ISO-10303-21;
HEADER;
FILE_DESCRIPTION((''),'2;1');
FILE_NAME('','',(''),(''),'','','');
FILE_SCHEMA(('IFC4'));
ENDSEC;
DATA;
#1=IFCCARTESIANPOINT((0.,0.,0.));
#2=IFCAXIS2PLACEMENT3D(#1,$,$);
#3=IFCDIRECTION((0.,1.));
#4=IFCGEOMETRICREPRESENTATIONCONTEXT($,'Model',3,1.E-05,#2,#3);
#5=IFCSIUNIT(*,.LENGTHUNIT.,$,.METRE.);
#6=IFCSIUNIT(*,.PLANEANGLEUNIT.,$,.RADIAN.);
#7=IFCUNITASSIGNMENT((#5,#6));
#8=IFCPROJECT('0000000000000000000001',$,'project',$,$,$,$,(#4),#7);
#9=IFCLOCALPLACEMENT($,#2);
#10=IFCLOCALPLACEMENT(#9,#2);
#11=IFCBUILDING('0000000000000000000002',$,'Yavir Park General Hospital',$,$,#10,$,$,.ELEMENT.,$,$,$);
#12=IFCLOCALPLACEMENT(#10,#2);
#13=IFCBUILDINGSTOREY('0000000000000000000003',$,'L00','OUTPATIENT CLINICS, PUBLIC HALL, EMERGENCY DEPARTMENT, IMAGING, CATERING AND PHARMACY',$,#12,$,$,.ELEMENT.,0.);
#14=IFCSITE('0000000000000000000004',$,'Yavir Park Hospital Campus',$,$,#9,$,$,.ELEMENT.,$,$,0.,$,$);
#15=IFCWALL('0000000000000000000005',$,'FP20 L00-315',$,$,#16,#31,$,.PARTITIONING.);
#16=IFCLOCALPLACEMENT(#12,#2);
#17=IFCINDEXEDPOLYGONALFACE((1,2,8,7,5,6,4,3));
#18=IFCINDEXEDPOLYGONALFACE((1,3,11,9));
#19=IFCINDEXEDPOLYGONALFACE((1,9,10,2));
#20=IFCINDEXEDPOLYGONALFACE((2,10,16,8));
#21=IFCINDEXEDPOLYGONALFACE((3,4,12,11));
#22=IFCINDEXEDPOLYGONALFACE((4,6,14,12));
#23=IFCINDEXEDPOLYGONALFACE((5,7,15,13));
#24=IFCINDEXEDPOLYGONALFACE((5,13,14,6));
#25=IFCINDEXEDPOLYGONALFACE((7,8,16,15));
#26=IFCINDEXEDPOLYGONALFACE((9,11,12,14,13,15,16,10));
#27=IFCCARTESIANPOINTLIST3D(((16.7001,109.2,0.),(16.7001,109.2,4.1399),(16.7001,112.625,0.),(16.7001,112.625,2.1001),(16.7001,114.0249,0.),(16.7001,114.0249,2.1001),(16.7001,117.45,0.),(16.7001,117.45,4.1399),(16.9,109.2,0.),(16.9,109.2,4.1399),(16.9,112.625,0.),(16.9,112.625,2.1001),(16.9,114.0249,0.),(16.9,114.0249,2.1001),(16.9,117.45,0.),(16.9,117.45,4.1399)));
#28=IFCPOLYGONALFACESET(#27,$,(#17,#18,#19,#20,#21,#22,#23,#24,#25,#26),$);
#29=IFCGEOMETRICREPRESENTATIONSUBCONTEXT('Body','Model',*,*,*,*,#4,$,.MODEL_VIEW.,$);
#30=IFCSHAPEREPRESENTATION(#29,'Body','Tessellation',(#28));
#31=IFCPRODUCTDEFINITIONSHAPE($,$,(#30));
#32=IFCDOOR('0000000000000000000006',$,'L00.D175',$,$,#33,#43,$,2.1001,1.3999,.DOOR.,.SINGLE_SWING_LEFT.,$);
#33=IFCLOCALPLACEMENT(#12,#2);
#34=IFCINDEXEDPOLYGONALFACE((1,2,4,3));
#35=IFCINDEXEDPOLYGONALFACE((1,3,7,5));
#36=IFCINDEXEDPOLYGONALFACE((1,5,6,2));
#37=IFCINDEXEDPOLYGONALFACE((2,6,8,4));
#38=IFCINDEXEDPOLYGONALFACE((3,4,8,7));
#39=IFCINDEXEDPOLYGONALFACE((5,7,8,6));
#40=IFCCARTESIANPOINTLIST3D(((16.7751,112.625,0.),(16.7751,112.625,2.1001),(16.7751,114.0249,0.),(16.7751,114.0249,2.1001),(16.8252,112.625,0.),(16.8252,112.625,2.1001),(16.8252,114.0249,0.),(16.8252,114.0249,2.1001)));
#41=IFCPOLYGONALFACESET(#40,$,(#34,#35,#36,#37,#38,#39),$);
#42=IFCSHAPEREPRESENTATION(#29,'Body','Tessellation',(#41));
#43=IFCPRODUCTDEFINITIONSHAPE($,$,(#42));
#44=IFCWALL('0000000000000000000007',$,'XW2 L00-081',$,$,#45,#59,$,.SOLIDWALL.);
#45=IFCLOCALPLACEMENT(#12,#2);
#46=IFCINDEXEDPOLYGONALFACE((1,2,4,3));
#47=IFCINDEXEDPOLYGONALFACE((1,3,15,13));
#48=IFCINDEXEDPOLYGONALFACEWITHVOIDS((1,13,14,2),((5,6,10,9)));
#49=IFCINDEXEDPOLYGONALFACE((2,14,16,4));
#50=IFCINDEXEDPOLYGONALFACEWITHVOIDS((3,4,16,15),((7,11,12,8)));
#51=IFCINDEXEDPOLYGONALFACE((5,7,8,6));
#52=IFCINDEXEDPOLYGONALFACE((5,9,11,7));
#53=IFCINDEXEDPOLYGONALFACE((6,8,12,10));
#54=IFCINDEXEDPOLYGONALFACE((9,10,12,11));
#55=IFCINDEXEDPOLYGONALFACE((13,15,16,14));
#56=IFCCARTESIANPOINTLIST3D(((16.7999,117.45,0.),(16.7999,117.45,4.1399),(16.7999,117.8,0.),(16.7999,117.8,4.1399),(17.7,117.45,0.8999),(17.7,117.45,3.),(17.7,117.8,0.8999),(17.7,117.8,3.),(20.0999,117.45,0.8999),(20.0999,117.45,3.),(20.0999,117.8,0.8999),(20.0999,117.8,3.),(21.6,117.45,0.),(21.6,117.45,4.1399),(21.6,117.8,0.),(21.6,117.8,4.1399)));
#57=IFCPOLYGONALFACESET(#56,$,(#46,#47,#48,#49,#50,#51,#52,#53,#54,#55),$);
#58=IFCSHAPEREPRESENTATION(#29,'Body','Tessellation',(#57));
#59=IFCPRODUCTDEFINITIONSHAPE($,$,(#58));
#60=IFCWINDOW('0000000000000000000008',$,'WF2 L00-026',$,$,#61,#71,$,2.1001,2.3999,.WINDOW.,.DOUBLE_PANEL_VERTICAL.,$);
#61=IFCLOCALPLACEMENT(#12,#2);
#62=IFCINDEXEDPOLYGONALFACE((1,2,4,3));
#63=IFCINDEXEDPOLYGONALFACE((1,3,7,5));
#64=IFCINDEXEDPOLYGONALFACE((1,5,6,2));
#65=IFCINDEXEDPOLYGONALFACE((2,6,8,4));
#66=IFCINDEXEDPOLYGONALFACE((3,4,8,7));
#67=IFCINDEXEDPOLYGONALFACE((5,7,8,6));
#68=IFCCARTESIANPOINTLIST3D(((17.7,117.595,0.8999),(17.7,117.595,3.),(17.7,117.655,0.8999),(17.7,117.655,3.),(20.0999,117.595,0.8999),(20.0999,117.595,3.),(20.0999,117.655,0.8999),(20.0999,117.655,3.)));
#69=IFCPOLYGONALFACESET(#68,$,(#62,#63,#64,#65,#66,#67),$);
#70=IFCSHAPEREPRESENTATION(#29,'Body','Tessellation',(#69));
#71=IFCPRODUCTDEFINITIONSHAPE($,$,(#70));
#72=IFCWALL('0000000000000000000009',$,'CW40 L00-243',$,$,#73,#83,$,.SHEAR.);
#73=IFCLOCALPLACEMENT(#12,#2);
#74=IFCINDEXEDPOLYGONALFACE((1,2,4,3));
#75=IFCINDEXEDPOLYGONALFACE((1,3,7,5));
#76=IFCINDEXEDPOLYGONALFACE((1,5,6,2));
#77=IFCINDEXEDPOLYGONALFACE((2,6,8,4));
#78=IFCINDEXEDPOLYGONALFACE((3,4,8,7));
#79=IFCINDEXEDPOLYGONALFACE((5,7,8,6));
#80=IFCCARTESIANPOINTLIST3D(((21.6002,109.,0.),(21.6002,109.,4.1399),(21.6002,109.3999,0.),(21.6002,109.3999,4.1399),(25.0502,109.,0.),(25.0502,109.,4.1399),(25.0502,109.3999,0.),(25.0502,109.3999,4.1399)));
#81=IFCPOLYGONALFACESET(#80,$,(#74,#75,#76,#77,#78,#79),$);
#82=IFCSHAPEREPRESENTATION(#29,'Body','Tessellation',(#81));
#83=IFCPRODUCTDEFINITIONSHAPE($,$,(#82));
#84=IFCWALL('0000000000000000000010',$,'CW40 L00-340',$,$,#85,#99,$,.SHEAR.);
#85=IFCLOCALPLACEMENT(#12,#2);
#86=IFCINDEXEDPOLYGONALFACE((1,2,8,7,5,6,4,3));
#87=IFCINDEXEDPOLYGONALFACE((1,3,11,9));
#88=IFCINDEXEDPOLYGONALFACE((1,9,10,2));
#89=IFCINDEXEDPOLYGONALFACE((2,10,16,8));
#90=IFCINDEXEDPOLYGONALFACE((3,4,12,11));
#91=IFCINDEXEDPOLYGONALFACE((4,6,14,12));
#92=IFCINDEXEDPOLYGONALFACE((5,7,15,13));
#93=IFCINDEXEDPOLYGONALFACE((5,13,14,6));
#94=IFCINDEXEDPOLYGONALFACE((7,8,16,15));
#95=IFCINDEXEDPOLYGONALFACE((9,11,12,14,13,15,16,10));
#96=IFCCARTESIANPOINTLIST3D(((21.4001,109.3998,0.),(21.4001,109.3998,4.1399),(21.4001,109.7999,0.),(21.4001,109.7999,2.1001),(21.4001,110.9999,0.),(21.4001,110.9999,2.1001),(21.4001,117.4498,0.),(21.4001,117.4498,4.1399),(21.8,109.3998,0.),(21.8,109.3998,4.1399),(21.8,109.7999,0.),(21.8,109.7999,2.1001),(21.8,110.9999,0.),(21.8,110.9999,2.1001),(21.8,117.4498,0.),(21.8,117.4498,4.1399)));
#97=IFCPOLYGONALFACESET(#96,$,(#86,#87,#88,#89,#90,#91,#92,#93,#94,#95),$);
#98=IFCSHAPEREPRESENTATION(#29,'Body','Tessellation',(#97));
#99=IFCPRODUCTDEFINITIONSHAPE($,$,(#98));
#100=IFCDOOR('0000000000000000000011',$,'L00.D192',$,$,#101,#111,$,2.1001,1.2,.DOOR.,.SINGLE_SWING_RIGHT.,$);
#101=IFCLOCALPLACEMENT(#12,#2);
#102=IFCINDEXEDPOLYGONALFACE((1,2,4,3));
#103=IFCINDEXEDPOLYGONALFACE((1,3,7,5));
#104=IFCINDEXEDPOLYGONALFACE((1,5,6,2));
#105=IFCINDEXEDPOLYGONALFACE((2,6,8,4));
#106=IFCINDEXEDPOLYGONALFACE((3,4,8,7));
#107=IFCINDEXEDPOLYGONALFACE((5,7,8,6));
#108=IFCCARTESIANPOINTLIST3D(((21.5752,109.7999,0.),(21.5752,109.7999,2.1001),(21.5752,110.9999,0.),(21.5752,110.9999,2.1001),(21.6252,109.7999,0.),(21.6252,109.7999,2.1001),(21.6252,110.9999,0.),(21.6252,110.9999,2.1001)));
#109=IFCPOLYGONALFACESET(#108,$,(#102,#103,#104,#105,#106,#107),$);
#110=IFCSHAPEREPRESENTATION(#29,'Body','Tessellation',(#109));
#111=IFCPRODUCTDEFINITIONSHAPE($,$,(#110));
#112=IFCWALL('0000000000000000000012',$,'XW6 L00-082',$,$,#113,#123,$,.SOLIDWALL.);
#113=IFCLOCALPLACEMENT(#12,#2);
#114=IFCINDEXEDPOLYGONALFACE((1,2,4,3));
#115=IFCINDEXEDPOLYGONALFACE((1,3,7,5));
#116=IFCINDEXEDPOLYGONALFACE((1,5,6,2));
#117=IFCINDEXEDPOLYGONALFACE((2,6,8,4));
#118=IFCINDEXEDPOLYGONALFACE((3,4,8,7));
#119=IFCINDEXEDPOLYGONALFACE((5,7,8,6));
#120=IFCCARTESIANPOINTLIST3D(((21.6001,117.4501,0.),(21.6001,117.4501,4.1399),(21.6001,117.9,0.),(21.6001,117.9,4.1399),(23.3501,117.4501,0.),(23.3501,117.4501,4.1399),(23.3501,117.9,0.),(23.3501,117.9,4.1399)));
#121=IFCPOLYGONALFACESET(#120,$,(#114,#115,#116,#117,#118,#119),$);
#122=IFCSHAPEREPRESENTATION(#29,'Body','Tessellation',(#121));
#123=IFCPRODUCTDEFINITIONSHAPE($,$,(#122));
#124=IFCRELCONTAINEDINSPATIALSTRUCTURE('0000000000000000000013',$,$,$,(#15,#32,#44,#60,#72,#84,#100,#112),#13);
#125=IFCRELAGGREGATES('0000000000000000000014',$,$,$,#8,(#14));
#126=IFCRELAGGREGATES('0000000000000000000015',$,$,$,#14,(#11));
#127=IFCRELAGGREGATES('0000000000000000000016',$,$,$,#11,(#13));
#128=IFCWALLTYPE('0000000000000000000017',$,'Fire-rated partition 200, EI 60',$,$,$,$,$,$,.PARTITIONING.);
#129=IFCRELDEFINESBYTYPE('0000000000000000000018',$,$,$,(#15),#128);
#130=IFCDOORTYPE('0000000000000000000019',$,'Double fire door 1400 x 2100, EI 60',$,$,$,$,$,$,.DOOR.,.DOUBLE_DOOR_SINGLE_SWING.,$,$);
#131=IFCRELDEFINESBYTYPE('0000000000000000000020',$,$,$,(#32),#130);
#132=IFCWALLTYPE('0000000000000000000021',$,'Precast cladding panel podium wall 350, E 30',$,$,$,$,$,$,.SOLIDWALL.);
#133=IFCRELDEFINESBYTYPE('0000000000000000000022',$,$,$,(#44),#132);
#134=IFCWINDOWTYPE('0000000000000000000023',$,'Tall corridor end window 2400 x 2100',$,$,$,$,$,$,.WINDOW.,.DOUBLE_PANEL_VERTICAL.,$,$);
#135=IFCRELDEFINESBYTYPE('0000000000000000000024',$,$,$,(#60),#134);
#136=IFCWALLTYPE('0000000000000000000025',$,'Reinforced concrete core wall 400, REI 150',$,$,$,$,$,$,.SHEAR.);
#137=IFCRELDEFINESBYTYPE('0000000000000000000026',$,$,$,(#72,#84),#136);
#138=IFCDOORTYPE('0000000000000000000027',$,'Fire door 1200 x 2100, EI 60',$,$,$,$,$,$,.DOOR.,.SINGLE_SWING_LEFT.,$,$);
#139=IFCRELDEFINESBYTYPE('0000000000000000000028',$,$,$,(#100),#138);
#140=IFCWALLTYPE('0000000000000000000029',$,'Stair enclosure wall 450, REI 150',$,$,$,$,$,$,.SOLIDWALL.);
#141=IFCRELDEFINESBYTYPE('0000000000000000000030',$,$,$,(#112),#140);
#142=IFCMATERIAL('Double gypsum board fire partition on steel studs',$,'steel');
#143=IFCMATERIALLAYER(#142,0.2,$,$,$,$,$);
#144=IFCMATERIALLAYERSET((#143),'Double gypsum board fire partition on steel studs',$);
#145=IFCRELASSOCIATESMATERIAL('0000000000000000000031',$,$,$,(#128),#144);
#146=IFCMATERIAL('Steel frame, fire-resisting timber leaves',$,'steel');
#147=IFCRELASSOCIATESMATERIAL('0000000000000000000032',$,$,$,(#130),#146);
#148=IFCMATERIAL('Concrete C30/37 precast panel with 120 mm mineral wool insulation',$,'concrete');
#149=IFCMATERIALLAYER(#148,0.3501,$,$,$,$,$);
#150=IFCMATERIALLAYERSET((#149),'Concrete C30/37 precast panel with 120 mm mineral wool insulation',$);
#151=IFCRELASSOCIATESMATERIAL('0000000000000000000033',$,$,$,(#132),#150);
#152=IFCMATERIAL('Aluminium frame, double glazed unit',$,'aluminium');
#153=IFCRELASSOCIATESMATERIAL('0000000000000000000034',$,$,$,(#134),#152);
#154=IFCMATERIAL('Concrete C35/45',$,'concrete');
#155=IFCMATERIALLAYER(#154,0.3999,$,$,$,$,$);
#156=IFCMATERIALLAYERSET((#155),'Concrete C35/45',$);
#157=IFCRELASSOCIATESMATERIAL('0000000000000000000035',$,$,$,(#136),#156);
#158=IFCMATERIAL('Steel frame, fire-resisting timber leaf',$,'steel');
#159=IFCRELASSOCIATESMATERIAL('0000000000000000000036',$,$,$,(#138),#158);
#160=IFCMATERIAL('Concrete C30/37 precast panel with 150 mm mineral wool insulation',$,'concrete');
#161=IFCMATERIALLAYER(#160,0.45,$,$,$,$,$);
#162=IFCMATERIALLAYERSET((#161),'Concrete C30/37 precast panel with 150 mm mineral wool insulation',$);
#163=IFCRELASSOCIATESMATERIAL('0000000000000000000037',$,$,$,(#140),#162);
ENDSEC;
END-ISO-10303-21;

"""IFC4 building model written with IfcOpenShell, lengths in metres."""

from ifc_helpers import new_model, si_unit, direction, frame, frame_2d, origin, place, context, subcontext, project, spatial, rectangle, extrude, material, layer, layer_set, type_object, element, fill, save


model = new_model("IFC4")

# Units and contexts
model_context = context("Model", 3, precision=1e-05, world=origin(), true_north=direction((0.0, 1.0)))
body_context = subcontext(model_context, "Body", "Model", "MODEL_VIEW")
ifc_project = project(units=[si_unit("LENGTHUNIT", "METRE"), si_unit("PLANEANGLEUNIT", "RADIAN")], contexts=[model_context])

# Site, building, storey
site_placement = place(None, origin())
site = spatial("IfcSite", under=ifc_project, at=site_placement, Name="Yavir Park Hospital Campus", CompositionType="ELEMENT", RefElevation=0.0)
building_placement = place(site_placement, origin())
building = spatial("IfcBuilding", under=site, at=building_placement, Name="Yavir Park General Hospital", CompositionType="ELEMENT")
storey_placement = place(building_placement, origin())
storey = spatial("IfcBuildingStorey", under=building, at=storey_placement, Name="L00", Description="OUTPATIENT CLINICS, PUBLIC HALL, EMERGENCY DEPARTMENT, IMAGING, CATERING AND PHARMACY", CompositionType="ELEMENT", Elevation=0.0)

# Shared definitions
ifc_material_1 = material(Name="Double gypsum board fire partition on steel studs", Category="steel")
ifc_layer_1 = layer(ifc_material_1, 0.2)
ifc_layer_set_1 = layer_set([ifc_layer_1], Name="Double gypsum board fire partition on steel studs")
wall_type_1 = type_object("IfcWallType", Name="Fire-rated partition 200, EI 60", PredefinedType="PARTITIONING", material=ifc_layer_set_1)

# Wall, opening, door
wall_1_placement = place(storey_placement, frame((16.8, 109.2, 0.0), z_axis=(0.0, 0.0, 1.0), x_axis=(0.0, 1.0, 0.0)))
wall_1 = element("IfcWall", 1, at=wall_1_placement, inside=storey, type_object=wall_type_1, Name="FP20 L00-315", PredefinedType="PARTITIONING", context=body_context, shape_type="SweptSolid", body=[
    extrude(rectangle(XDim=8.25, YDim=0.2, at=frame_2d((4.125, 0.0))), origin(), (0.0, 0.0, 1.0), 4.1399),
])
opening_1_placement = place(wall_1_placement, frame((3.425, 0.0, 0.0)))
opening_1 = element("IfcOpeningElement", 2, at=opening_1_placement, cuts=wall_1, PredefinedType="OPENING", context=body_context, shape_type="SweptSolid", body=[
    extrude(rectangle(XDim=1.3999, YDim=2.1001, at=frame_2d((0.7, 1.05))), frame((0.0, 0.1099, 0.0), z_axis=(0.0, -1.0, 0.0), x_axis=(1.0, 0.0, 0.0)), (0.0, 0.0, 1.0), 0.22),
])
ifc_material_2 = material(Name="Steel frame, fire-resisting timber leaves", Category="steel")
door_type_1 = type_object("IfcDoorType", Name="Double fire door 1400 x 2100, EI 60", OperationType="DOUBLE_DOOR_SINGLE_SWING", PredefinedType="DOOR", material=ifc_material_2)
door_1_placement = place(opening_1_placement, origin())
door_1 = element("IfcDoor", 3, at=door_1_placement, inside=storey, type_object=door_type_1, Name="L00.D175", OperationType="SINGLE_SWING_LEFT", OverallHeight=2.1001, OverallWidth=1.3999, PredefinedType="DOOR", context=body_context, shape_type="SweptSolid", body=[
    extrude(rectangle(XDim=1.3999, YDim=2.1001, at=frame_2d((0.7, 1.05))), frame((0.0, 0.0249, 0.0), z_axis=(0.0, -1.0, 0.0), x_axis=(1.0, 0.0, 0.0)), (0.0, 0.0, 1.0), 0.05),
])
fill(opening_1, door_1)

# Wall, opening, window
ifc_material_3 = material(Name="Concrete C30/37 precast panel with 120 mm mineral wool insulation", Category="concrete")
ifc_layer_2 = layer(ifc_material_3, 0.3501)
ifc_layer_set_2 = layer_set([ifc_layer_2], Name="Concrete C30/37 precast panel with 120 mm mineral wool insulation")
wall_type_2 = type_object("IfcWallType", Name="Precast cladding panel podium wall 350, E 30", PredefinedType="SOLIDWALL", material=ifc_layer_set_2)
wall_2_placement = place(storey_placement, frame((16.8, 117.625, 0.0), z_axis=(0.0, 0.0, 1.0), x_axis=(1.0, 0.0, 0.0)))
wall_2 = element("IfcWall", 4, at=wall_2_placement, inside=storey, type_object=wall_type_2, Name="XW2 L00-081", PredefinedType="SOLIDWALL", context=body_context, shape_type="SweptSolid", body=[
    extrude(rectangle(XDim=4.8, YDim=0.3501, at=frame_2d((2.3999, 0.0))), origin(), (0.0, 0.0, 1.0), 4.1399),
])
opening_2_placement = place(wall_2_placement, frame((0.8999, 0.0, 0.8999)))
opening_2 = element("IfcOpeningElement", 5, at=opening_2_placement, cuts=wall_2, PredefinedType="OPENING", context=body_context, shape_type="SweptSolid", body=[
    extrude(rectangle(XDim=2.3999, YDim=2.1001, at=frame_2d((1.2, 1.05))), frame((0.0, 0.1851, 0.0), z_axis=(0.0, -1.0, 0.0), x_axis=(1.0, 0.0, 0.0)), (0.0, 0.0, 1.0), 0.3701),
])
ifc_material_4 = material(Name="Aluminium frame, double glazed unit", Category="aluminium")
window_type = type_object("IfcWindowType", Name="Tall corridor end window 2400 x 2100", PartitioningType="DOUBLE_PANEL_VERTICAL", PredefinedType="WINDOW", material=ifc_material_4)
window_placement = place(opening_2_placement, origin())
window = element("IfcWindow", 6, at=window_placement, inside=storey, type_object=window_type, Name="WF2 L00-026", OverallHeight=2.1001, OverallWidth=2.3999, PartitioningType="DOUBLE_PANEL_VERTICAL", PredefinedType="WINDOW", context=body_context, shape_type="SweptSolid", body=[
    extrude(rectangle(XDim=2.3999, YDim=2.1001, at=frame_2d((1.2, 1.05))), frame((0.0, 0.03, 0.0), z_axis=(0.0, -1.0, 0.0), x_axis=(1.0, 0.0, 0.0)), (0.0, 0.0, 1.0), 0.0601),
])
fill(opening_2, window)

# Wall
ifc_material_5 = material(Name="Concrete C35/45", Category="concrete")
ifc_layer_3 = layer(ifc_material_5, 0.3999)
ifc_layer_set_3 = layer_set([ifc_layer_3], Name="Concrete C35/45")
wall_type_3 = type_object("IfcWallType", Name="Reinforced concrete core wall 400, REI 150", PredefinedType="SHEAR", material=ifc_layer_set_3)
wall_3_placement = place(storey_placement, frame((21.6001, 109.2, 0.0), z_axis=(0.0, 0.0, 1.0), x_axis=(1.0, 0.0, 0.0)))
element("IfcWall", 7, at=wall_3_placement, inside=storey, type_object=wall_type_3, Name="CW40 L00-243", PredefinedType="SHEAR", context=body_context, shape_type="SweptSolid", body=[
    extrude(rectangle(XDim=3.45, YDim=0.3999, at=frame_2d((1.7251, 0.0))), origin(), (0.0, 0.0, 1.0), 4.1399),
])

# Wall, opening, door
wall_4_placement = place(storey_placement, frame((21.6001, 109.3999, 0.0), z_axis=(0.0, 0.0, 1.0), x_axis=(0.0, 1.0, 0.0)))
wall_4 = element("IfcWall", 8, at=wall_4_placement, inside=storey, type_object=wall_type_3, Name="CW40 L00-340", PredefinedType="SHEAR", context=body_context, shape_type="SweptSolid", body=[
    extrude(rectangle(XDim=8.05, YDim=0.3999, at=frame_2d((4.0249, 0.0))), origin(), (0.0, 0.0, 1.0), 4.1399),
])
opening_3_placement = place(wall_4_placement, frame((0.3999, 0.0, 0.0)))
opening_3 = element("IfcOpeningElement", 9, at=opening_3_placement, cuts=wall_4, PredefinedType="OPENING", context=body_context, shape_type="SweptSolid", body=[
    extrude(rectangle(XDim=1.2, YDim=2.1001, at=frame_2d((0.6001, 1.05))), frame((0.0, 0.21, 0.0), z_axis=(0.0, -1.0, 0.0), x_axis=(1.0, 0.0, 0.0)), (0.0, 0.0, 1.0), 0.4199),
])
ifc_material_6 = material(Name="Steel frame, fire-resisting timber leaf", Category="steel")
door_type_2 = type_object("IfcDoorType", Name="Fire door 1200 x 2100, EI 60", OperationType="SINGLE_SWING_LEFT", PredefinedType="DOOR", material=ifc_material_6)
door_2_placement = place(opening_3_placement, origin())
door_2 = element("IfcDoor", 10, at=door_2_placement, inside=storey, type_object=door_type_2, Name="L00.D192", OperationType="SINGLE_SWING_RIGHT", OverallHeight=2.1001, OverallWidth=1.2, PredefinedType="DOOR", context=body_context, shape_type="SweptSolid", body=[
    extrude(rectangle(XDim=1.2, YDim=2.1001, at=frame_2d((0.6001, 1.05))), frame((0.0, 0.0249, 0.0), z_axis=(0.0, -1.0, 0.0), x_axis=(1.0, 0.0, 0.0)), (0.0, 0.0, 1.0), 0.05),
])
fill(opening_3, door_2)

# Wall
ifc_material_7 = material(Name="Concrete C30/37 precast panel with 150 mm mineral wool insulation", Category="concrete")
ifc_layer_4 = layer(ifc_material_7, 0.45)
ifc_layer_set_4 = layer_set([ifc_layer_4], Name="Concrete C30/37 precast panel with 150 mm mineral wool insulation")
wall_type_4 = type_object("IfcWallType", Name="Stair enclosure wall 450, REI 150", PredefinedType="SOLIDWALL", material=ifc_layer_set_4)
wall_5_placement = place(storey_placement, frame((21.6001, 117.675, 0.0), z_axis=(0.0, 0.0, 1.0), x_axis=(1.0, 0.0, 0.0)))
element("IfcWall", 11, at=wall_5_placement, inside=storey, type_object=wall_type_4, Name="XW6 L00-082", PredefinedType="SOLIDWALL", context=body_context, shape_type="SweptSolid", body=[
    extrude(rectangle(XDim=1.75, YDim=0.45, at=frame_2d((0.875, 0.0))), origin(), (0.0, 0.0, 1.0), 4.1399),
])

save(model, "model.ifc")
